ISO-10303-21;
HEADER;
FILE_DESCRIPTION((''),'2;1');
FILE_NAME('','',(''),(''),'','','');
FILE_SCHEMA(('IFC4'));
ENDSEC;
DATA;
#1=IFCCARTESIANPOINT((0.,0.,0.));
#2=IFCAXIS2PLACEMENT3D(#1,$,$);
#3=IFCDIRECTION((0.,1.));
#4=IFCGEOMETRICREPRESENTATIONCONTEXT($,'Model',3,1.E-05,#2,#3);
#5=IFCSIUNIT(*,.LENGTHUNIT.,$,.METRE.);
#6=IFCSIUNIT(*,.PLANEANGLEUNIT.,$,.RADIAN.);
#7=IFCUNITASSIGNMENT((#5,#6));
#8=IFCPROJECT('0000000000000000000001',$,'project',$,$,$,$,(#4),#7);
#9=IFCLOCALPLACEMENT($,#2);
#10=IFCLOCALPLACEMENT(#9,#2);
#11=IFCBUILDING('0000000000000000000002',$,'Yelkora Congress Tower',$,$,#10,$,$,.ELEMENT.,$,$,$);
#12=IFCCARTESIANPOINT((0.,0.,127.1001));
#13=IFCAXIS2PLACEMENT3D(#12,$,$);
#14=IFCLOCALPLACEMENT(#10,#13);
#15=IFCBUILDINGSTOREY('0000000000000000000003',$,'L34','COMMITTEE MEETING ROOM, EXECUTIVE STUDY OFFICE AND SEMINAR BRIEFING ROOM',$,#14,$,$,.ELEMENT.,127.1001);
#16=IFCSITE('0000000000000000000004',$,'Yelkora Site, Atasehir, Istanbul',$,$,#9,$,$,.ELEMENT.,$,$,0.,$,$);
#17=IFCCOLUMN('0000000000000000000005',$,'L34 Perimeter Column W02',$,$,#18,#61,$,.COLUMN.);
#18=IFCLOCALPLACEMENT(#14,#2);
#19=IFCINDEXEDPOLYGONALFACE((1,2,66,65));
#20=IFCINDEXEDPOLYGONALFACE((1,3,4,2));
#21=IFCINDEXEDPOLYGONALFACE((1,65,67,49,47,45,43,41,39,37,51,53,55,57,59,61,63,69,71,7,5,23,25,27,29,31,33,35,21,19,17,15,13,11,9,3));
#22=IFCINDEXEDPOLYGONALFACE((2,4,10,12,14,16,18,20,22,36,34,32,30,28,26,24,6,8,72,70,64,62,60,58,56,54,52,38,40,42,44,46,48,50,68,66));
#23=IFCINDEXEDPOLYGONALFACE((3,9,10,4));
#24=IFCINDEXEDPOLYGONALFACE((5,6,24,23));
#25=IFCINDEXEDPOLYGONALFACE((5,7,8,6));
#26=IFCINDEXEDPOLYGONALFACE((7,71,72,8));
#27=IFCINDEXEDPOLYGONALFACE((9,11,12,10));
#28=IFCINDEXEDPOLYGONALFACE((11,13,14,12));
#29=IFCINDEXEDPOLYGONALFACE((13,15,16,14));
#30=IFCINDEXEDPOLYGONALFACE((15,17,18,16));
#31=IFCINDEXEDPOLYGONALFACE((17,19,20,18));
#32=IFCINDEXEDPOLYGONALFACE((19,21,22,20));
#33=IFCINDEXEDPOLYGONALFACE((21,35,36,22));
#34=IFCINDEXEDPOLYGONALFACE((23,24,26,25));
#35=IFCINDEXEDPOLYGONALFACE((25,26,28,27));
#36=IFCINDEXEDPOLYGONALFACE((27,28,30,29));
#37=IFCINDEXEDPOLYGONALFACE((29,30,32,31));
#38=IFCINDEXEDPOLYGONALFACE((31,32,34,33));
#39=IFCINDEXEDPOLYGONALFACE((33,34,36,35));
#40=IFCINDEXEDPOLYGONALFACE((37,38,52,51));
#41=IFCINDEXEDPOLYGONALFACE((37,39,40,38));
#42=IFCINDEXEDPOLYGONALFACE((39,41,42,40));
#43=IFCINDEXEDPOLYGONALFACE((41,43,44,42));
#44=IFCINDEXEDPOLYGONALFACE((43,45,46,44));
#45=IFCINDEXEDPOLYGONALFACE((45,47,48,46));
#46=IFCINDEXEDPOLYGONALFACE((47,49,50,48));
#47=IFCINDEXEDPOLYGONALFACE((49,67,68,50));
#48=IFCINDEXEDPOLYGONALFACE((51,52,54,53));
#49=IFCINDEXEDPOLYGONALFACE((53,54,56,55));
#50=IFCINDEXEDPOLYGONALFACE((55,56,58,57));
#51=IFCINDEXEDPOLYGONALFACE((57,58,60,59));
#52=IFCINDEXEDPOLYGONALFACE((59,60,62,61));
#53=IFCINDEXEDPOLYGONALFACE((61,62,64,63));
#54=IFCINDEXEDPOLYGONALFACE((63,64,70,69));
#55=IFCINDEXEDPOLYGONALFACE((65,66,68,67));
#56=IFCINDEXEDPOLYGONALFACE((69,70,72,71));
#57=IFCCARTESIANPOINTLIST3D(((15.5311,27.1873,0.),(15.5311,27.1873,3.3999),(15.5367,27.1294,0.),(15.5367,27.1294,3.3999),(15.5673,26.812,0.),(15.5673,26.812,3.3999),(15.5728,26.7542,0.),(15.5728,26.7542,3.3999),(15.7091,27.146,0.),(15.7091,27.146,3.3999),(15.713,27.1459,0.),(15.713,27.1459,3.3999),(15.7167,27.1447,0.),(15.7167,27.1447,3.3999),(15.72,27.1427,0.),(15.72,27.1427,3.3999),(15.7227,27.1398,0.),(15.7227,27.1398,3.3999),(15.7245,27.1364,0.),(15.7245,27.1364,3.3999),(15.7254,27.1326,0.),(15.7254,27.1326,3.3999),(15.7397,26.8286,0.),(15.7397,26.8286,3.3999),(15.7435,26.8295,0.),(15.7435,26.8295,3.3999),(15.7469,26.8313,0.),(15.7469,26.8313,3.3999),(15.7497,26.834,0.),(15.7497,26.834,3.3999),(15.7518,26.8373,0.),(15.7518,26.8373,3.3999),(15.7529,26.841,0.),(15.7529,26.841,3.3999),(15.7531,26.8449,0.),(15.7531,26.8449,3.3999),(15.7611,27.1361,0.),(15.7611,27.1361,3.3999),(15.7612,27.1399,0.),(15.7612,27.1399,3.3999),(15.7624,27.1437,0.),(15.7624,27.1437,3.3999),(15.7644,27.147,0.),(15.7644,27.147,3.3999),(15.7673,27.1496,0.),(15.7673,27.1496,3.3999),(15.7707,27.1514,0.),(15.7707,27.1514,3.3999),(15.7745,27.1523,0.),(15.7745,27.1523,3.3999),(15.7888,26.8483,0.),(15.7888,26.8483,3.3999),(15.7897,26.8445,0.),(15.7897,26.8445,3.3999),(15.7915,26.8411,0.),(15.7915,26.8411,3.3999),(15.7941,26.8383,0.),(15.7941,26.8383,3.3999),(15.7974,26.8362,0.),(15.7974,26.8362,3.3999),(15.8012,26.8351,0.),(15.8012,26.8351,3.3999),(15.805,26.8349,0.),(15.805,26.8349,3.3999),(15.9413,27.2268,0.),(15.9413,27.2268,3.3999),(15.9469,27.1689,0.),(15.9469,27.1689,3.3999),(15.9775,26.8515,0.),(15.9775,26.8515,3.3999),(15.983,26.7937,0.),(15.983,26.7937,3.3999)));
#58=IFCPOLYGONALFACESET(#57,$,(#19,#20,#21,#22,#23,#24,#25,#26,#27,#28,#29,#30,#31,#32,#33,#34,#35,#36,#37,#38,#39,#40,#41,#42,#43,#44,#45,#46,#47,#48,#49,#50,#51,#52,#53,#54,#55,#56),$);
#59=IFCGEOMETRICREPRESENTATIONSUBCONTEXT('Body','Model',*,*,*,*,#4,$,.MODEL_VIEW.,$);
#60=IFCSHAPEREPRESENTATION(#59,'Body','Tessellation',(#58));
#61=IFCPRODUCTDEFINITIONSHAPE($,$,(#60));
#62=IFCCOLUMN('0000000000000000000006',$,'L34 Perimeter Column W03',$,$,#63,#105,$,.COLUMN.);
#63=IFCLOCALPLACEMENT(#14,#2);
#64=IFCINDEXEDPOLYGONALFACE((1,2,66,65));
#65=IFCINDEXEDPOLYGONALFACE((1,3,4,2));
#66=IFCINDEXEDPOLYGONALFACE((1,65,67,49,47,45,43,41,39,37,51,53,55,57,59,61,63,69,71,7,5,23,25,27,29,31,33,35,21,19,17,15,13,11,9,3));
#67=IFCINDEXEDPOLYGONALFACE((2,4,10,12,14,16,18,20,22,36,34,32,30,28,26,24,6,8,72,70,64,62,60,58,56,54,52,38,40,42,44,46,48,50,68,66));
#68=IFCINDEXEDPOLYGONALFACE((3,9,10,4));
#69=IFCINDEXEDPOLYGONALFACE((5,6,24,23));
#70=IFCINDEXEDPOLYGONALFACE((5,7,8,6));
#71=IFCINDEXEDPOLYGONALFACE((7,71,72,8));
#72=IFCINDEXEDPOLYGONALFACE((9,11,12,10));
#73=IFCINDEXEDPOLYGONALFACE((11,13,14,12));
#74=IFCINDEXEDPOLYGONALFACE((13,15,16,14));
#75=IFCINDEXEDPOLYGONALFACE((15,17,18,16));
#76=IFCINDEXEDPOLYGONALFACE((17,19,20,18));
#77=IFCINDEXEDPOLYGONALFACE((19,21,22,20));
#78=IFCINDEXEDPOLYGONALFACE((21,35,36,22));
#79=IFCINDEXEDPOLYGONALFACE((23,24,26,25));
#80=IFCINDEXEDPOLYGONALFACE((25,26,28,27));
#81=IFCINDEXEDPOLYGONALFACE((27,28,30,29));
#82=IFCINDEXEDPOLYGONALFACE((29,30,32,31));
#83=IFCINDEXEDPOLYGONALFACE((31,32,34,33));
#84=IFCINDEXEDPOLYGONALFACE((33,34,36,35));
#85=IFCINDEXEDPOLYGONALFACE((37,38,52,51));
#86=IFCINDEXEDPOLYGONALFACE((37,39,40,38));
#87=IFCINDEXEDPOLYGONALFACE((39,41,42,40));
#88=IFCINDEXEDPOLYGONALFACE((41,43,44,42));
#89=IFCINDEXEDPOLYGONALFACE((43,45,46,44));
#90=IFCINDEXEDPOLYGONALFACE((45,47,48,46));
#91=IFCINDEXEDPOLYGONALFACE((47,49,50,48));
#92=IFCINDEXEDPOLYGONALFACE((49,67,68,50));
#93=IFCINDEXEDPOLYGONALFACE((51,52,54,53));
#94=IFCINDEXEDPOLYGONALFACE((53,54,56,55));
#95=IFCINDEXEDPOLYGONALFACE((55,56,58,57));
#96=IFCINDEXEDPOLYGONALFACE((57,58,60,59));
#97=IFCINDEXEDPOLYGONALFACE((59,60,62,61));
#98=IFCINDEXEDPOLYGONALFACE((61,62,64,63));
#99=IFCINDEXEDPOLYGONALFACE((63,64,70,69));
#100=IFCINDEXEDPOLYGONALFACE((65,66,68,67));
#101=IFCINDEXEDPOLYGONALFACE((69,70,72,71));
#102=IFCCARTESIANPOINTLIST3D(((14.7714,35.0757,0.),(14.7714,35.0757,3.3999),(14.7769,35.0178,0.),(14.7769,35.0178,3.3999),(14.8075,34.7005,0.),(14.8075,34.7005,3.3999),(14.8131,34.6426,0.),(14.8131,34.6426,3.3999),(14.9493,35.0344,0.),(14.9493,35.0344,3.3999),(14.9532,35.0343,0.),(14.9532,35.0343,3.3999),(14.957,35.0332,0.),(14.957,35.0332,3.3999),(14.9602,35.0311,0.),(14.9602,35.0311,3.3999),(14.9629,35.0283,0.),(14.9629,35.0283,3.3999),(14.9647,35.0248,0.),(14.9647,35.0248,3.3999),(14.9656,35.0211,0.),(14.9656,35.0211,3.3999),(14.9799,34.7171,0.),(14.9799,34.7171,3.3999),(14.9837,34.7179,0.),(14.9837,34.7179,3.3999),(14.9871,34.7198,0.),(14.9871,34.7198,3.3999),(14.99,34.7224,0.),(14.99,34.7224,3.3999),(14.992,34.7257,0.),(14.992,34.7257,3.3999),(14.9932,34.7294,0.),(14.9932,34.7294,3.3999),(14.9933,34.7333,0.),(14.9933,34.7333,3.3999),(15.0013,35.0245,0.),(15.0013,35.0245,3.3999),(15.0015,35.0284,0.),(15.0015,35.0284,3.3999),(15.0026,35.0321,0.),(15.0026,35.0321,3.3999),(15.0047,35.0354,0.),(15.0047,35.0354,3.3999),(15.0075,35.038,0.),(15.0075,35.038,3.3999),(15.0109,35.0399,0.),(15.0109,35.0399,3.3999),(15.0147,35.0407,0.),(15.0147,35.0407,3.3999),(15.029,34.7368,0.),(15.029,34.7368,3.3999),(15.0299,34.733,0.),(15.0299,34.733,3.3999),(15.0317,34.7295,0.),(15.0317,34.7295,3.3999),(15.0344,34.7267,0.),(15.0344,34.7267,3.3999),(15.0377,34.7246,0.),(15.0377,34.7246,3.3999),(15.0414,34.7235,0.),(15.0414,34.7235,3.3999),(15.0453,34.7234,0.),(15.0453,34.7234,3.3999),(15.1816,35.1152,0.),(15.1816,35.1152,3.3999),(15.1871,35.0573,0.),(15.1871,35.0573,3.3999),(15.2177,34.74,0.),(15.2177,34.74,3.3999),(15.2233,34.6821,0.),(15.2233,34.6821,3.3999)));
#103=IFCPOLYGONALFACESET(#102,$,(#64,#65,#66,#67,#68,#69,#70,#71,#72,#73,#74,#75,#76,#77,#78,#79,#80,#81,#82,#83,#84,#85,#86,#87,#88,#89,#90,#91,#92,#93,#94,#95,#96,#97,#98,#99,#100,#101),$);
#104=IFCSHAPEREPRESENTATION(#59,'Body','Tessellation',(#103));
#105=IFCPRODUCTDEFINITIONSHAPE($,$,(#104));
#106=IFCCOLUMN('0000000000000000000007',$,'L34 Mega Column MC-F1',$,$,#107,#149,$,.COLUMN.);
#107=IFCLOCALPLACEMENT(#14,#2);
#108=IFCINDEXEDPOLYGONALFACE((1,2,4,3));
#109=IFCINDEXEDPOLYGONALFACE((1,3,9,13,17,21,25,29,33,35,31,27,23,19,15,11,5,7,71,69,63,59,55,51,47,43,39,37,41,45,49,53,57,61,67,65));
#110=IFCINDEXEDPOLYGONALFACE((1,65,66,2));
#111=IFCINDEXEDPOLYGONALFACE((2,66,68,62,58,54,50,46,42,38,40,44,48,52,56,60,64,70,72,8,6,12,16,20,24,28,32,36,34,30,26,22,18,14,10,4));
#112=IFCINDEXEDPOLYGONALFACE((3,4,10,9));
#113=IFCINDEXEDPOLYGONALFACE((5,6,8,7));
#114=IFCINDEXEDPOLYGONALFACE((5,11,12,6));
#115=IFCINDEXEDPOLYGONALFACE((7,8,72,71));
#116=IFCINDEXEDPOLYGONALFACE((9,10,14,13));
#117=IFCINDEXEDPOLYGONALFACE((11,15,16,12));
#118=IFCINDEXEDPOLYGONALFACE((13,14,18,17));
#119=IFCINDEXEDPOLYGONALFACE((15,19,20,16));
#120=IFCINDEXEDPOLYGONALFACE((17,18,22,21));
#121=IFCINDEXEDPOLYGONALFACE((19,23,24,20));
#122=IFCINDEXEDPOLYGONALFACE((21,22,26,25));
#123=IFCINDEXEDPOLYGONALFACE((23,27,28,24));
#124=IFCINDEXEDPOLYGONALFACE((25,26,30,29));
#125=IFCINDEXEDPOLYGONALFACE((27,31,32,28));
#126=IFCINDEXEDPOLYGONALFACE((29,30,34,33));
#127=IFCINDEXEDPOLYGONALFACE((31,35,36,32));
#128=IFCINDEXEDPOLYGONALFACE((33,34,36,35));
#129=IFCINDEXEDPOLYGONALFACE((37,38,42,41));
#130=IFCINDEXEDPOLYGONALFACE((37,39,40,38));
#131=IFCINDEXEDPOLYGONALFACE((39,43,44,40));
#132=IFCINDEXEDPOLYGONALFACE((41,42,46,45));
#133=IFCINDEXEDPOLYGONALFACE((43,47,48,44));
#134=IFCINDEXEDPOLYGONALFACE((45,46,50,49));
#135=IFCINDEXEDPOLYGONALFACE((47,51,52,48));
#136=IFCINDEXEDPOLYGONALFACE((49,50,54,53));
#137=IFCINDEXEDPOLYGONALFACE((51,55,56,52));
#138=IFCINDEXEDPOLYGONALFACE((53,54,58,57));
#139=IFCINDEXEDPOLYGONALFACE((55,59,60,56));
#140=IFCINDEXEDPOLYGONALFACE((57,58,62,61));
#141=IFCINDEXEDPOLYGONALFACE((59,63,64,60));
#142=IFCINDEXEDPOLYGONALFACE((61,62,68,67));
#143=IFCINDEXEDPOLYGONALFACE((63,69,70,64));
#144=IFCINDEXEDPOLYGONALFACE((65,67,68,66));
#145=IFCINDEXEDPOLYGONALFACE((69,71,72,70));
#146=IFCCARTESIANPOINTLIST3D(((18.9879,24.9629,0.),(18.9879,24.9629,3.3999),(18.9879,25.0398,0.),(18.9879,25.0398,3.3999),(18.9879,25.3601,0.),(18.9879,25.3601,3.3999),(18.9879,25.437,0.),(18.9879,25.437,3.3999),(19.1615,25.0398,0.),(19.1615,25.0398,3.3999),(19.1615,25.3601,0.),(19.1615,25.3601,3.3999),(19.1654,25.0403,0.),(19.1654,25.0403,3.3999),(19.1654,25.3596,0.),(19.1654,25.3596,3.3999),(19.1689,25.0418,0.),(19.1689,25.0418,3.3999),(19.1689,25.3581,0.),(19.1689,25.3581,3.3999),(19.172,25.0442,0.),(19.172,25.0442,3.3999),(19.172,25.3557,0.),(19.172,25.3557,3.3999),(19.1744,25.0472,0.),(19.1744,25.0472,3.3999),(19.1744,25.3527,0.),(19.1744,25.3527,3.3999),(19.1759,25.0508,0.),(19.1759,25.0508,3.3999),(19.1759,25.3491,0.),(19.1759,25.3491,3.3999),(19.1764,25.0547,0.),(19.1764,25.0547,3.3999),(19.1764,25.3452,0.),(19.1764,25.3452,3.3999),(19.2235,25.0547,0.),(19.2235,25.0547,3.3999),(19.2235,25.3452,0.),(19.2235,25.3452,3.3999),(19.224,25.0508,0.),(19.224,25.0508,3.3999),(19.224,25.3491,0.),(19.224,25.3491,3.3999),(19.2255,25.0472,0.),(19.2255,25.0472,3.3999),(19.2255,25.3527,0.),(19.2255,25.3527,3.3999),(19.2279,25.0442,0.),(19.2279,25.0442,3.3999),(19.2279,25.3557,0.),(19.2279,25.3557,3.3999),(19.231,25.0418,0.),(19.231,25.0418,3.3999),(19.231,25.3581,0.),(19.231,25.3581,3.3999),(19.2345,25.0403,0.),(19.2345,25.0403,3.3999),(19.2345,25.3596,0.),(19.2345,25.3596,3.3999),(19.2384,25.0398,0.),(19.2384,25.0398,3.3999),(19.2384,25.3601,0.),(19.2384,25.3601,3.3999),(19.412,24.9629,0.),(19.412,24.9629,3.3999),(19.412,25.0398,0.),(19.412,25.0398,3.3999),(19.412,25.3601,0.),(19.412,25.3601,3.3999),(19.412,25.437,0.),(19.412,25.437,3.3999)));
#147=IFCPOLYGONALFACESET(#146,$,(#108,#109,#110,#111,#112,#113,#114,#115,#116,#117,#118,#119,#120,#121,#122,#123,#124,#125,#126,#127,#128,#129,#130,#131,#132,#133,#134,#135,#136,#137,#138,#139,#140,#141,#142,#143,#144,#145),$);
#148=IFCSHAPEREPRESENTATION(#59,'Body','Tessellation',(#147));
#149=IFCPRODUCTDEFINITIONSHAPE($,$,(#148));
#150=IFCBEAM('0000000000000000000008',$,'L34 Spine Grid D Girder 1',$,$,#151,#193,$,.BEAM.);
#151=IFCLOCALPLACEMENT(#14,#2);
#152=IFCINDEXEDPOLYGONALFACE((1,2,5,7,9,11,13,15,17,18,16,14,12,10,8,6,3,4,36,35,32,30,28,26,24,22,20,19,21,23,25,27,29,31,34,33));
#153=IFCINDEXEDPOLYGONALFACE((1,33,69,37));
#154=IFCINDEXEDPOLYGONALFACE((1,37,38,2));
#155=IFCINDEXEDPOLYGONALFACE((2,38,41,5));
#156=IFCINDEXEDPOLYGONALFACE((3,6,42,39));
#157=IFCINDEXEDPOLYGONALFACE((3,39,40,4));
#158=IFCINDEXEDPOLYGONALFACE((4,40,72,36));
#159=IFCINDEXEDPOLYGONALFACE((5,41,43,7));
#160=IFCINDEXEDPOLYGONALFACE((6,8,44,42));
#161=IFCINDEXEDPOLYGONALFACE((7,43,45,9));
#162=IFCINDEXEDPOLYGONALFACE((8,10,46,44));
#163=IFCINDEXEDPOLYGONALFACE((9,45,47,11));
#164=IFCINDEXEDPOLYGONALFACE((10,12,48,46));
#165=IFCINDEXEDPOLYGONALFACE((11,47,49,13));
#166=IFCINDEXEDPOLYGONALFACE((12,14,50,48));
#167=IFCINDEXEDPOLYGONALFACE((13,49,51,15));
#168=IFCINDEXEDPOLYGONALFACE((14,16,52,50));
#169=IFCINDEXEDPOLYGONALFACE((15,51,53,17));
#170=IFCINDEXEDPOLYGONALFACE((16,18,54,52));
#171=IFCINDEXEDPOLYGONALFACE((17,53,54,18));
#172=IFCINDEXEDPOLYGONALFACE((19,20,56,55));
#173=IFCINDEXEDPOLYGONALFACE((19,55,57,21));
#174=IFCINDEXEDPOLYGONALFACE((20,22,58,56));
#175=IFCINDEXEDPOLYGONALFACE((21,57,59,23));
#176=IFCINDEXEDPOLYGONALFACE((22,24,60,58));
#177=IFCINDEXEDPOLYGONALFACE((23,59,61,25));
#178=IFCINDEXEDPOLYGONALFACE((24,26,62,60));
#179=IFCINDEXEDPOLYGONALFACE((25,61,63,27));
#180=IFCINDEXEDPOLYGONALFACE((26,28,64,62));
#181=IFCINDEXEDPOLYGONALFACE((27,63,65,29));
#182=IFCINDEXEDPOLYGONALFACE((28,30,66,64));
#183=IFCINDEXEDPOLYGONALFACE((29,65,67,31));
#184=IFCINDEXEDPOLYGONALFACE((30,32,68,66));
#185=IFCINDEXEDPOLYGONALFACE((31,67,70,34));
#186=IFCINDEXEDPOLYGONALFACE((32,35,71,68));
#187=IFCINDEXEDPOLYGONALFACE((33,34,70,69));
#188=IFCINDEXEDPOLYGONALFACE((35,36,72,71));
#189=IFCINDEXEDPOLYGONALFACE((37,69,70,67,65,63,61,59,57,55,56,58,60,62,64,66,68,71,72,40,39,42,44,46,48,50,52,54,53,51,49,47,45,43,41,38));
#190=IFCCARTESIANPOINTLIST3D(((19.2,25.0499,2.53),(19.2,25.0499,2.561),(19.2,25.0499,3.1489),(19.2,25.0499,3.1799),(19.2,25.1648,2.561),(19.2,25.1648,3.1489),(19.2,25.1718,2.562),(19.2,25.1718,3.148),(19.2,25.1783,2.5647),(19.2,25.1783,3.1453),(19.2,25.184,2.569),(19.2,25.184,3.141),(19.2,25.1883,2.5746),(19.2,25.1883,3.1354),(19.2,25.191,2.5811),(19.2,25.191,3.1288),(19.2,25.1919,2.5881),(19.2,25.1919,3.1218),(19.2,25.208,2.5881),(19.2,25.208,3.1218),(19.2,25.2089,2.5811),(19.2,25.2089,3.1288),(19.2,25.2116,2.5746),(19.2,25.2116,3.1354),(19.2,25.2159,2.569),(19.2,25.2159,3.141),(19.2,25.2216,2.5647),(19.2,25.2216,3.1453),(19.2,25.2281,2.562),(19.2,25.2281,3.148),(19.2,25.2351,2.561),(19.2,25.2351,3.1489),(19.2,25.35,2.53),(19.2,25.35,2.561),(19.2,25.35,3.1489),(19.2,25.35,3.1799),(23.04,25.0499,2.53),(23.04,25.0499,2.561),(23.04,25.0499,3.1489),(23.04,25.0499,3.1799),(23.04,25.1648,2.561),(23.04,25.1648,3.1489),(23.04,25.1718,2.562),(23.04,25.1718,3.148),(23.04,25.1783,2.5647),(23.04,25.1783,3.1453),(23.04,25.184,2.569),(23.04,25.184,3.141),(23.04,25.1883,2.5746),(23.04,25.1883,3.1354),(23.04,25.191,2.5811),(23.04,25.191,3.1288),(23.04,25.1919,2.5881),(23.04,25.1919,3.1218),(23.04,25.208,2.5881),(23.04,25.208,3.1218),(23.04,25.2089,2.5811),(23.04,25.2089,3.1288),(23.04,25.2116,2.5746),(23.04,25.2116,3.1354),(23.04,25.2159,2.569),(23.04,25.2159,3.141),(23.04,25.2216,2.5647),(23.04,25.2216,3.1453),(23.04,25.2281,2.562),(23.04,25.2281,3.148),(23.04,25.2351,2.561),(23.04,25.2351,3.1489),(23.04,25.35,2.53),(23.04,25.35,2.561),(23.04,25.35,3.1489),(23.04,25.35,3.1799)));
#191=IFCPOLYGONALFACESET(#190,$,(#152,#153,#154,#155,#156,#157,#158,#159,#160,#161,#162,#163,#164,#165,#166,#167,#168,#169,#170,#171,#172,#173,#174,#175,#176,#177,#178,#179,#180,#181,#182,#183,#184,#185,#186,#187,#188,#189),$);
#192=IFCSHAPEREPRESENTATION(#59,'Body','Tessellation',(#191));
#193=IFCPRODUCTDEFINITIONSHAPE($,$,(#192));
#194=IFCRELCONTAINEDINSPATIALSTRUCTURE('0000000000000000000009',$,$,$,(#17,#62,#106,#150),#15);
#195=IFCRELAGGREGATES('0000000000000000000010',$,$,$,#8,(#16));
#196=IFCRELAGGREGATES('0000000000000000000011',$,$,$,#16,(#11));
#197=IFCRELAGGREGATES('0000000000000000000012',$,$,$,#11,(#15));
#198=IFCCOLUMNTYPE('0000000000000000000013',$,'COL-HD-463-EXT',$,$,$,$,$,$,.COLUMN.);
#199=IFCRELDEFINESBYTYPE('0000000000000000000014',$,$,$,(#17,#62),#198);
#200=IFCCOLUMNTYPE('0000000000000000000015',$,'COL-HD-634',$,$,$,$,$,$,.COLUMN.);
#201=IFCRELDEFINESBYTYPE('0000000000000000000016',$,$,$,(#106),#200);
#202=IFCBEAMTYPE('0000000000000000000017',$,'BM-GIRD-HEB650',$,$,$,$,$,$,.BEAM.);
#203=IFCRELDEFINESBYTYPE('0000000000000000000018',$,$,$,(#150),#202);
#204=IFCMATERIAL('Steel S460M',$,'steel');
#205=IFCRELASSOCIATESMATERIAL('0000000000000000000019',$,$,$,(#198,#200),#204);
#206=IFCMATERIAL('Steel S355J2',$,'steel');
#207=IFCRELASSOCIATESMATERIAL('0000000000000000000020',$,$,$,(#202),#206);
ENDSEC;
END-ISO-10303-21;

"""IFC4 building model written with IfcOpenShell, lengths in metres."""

from ifc_helpers import new_model, si_unit, direction, frame, origin, origin_2d, place, context, subcontext, project, spatial, i_section, extrude, material, material_profile, profile_set, type_object, element, save


model = new_model("IFC4")

# Units and contexts
model_context = context("Model", 3, precision=1e-05, world=origin(), true_north=direction((0.0, 1.0)))
body_context = subcontext(model_context, "Body", "Model", "MODEL_VIEW")
ifc_project = project(units=[si_unit("LENGTHUNIT", "METRE"), si_unit("PLANEANGLEUNIT", "RADIAN")], contexts=[model_context])

# Site, building, storey
site_placement = place(None, origin())
site = spatial("IfcSite", under=ifc_project, at=site_placement, Name="Yelkora Site, Atasehir, Istanbul", CompositionType="ELEMENT", RefElevation=0.0)
building_placement = place(site_placement, origin())
building = spatial("IfcBuilding", under=site, at=building_placement, Name="Yelkora Congress Tower", CompositionType="ELEMENT")
storey_placement = place(building_placement, frame((0.0, 0.0, 127.1001)))
storey = spatial("IfcBuildingStorey", under=building, at=storey_placement, Name="L34", Description="COMMITTEE MEETING ROOM, EXECUTIVE STUDY OFFICE AND SEMINAR BRIEFING ROOM", CompositionType="ELEMENT", Elevation=127.1001)

# Columns
ifc_material_1 = material(Name="Steel S460M", Category="steel")
ifc_material_profile_1 = material_profile(ifc_material_1, i_section(OverallWidth=0.4121, OverallDepth=0.4351, WebThickness=0.0359, FlangeThickness=0.0581, FilletRadius=0.0149, at=origin_2d()), Name="HD 400x463")
ifc_profile_set_1 = profile_set([ifc_material_profile_1], Name="Steel S460M")
column_type_1 = type_object("IfcColumnType", Name="COL-HD-463-EXT", PredefinedType="COLUMN", material=ifc_profile_set_1)
for number, where, z_axis, x_axis, name in (
    (1, (15.7571, 26.9905, 0.0), (0.0, 0.0, 1.0), (0.995396, 0.095846, 0.0), "L34 Perimeter Column W02"),
    (2, (14.9973, 34.8789, 0.0), (0.0, 0.0, 1.0), (0.995396, 0.095846, 0.0), "L34 Perimeter Column W03"),
):
    element("IfcColumn", number, at=place(storey_placement, frame(where, z_axis=z_axis, x_axis=x_axis)), inside=storey, type_object=column_type_1, Name=name, PredefinedType="COLUMN", context=body_context, shape_type="SweptSolid", body=[
        extrude(i_section(OverallWidth=0.4121, OverallDepth=0.4351, WebThickness=0.0359, FlangeThickness=0.0581, FilletRadius=0.0149, at=origin_2d()), origin(), (0.0, 0.0, 1.0), 3.3999),
    ])
ifc_material_profile_2 = material_profile(ifc_material_1, i_section(OverallWidth=0.4241, OverallDepth=0.4741, WebThickness=0.0471, FlangeThickness=0.0769, FilletRadius=0.0149, at=origin_2d()), Name="HD 400x634")
ifc_profile_set_2 = profile_set([ifc_material_profile_2], Name="Steel S460M")
column_type_2 = type_object("IfcColumnType", Name="COL-HD-634", PredefinedType="COLUMN", material=ifc_profile_set_2)
column_placement = place(storey_placement, frame((19.2, 25.2, 0.0), z_axis=(0.0, 0.0, 1.0), x_axis=(1.0, 0.0, 0.0)))
element("IfcColumn", 3, at=column_placement, inside=storey, type_object=column_type_2, Name="L34 Mega Column MC-F1", PredefinedType="COLUMN", context=body_context, shape_type="SweptSolid", body=[
    extrude(i_section(OverallWidth=0.4241, OverallDepth=0.4741, WebThickness=0.0471, FlangeThickness=0.0769, FilletRadius=0.0149, at=origin_2d()), origin(), (0.0, 0.0, 1.0), 3.3999),
])

# Beam
ifc_material_2 = material(Name="Steel S355J2", Category="steel")
ifc_material_profile_3 = material_profile(ifc_material_2, i_section(OverallWidth=0.3, OverallDepth=0.6499, WebThickness=0.0161, FlangeThickness=0.031, FilletRadius=0.0271, at=origin_2d()), Name="HEB 650")
ifc_profile_set_3 = profile_set([ifc_material_profile_3], Name="Steel S355J2")
beam_type_1 = type_object("IfcBeamType", Name="BM-GIRD-HEB650", PredefinedType="BEAM", material=ifc_profile_set_3)
beam_1_placement = place(storey_placement, frame((19.2, 25.2, 2.855), z_axis=(1.0, 0.0, 0.0), x_axis=(0.0, 1.0, 0.0)))
element("IfcBeam", 4, at=beam_1_placement, inside=storey, type_object=beam_type_1, Name="L34 Spine Grid D Girder 1", PredefinedType="BEAM", context=body_context, shape_type="SweptSolid", body=[
    extrude(i_section(OverallWidth=0.3, OverallDepth=0.6499, WebThickness=0.0161, FlangeThickness=0.031, FilletRadius=0.0271, at=origin_2d()), origin(), (0.0, 0.0, 1.0), 3.8401),
])

save(model, "model.ifc")
